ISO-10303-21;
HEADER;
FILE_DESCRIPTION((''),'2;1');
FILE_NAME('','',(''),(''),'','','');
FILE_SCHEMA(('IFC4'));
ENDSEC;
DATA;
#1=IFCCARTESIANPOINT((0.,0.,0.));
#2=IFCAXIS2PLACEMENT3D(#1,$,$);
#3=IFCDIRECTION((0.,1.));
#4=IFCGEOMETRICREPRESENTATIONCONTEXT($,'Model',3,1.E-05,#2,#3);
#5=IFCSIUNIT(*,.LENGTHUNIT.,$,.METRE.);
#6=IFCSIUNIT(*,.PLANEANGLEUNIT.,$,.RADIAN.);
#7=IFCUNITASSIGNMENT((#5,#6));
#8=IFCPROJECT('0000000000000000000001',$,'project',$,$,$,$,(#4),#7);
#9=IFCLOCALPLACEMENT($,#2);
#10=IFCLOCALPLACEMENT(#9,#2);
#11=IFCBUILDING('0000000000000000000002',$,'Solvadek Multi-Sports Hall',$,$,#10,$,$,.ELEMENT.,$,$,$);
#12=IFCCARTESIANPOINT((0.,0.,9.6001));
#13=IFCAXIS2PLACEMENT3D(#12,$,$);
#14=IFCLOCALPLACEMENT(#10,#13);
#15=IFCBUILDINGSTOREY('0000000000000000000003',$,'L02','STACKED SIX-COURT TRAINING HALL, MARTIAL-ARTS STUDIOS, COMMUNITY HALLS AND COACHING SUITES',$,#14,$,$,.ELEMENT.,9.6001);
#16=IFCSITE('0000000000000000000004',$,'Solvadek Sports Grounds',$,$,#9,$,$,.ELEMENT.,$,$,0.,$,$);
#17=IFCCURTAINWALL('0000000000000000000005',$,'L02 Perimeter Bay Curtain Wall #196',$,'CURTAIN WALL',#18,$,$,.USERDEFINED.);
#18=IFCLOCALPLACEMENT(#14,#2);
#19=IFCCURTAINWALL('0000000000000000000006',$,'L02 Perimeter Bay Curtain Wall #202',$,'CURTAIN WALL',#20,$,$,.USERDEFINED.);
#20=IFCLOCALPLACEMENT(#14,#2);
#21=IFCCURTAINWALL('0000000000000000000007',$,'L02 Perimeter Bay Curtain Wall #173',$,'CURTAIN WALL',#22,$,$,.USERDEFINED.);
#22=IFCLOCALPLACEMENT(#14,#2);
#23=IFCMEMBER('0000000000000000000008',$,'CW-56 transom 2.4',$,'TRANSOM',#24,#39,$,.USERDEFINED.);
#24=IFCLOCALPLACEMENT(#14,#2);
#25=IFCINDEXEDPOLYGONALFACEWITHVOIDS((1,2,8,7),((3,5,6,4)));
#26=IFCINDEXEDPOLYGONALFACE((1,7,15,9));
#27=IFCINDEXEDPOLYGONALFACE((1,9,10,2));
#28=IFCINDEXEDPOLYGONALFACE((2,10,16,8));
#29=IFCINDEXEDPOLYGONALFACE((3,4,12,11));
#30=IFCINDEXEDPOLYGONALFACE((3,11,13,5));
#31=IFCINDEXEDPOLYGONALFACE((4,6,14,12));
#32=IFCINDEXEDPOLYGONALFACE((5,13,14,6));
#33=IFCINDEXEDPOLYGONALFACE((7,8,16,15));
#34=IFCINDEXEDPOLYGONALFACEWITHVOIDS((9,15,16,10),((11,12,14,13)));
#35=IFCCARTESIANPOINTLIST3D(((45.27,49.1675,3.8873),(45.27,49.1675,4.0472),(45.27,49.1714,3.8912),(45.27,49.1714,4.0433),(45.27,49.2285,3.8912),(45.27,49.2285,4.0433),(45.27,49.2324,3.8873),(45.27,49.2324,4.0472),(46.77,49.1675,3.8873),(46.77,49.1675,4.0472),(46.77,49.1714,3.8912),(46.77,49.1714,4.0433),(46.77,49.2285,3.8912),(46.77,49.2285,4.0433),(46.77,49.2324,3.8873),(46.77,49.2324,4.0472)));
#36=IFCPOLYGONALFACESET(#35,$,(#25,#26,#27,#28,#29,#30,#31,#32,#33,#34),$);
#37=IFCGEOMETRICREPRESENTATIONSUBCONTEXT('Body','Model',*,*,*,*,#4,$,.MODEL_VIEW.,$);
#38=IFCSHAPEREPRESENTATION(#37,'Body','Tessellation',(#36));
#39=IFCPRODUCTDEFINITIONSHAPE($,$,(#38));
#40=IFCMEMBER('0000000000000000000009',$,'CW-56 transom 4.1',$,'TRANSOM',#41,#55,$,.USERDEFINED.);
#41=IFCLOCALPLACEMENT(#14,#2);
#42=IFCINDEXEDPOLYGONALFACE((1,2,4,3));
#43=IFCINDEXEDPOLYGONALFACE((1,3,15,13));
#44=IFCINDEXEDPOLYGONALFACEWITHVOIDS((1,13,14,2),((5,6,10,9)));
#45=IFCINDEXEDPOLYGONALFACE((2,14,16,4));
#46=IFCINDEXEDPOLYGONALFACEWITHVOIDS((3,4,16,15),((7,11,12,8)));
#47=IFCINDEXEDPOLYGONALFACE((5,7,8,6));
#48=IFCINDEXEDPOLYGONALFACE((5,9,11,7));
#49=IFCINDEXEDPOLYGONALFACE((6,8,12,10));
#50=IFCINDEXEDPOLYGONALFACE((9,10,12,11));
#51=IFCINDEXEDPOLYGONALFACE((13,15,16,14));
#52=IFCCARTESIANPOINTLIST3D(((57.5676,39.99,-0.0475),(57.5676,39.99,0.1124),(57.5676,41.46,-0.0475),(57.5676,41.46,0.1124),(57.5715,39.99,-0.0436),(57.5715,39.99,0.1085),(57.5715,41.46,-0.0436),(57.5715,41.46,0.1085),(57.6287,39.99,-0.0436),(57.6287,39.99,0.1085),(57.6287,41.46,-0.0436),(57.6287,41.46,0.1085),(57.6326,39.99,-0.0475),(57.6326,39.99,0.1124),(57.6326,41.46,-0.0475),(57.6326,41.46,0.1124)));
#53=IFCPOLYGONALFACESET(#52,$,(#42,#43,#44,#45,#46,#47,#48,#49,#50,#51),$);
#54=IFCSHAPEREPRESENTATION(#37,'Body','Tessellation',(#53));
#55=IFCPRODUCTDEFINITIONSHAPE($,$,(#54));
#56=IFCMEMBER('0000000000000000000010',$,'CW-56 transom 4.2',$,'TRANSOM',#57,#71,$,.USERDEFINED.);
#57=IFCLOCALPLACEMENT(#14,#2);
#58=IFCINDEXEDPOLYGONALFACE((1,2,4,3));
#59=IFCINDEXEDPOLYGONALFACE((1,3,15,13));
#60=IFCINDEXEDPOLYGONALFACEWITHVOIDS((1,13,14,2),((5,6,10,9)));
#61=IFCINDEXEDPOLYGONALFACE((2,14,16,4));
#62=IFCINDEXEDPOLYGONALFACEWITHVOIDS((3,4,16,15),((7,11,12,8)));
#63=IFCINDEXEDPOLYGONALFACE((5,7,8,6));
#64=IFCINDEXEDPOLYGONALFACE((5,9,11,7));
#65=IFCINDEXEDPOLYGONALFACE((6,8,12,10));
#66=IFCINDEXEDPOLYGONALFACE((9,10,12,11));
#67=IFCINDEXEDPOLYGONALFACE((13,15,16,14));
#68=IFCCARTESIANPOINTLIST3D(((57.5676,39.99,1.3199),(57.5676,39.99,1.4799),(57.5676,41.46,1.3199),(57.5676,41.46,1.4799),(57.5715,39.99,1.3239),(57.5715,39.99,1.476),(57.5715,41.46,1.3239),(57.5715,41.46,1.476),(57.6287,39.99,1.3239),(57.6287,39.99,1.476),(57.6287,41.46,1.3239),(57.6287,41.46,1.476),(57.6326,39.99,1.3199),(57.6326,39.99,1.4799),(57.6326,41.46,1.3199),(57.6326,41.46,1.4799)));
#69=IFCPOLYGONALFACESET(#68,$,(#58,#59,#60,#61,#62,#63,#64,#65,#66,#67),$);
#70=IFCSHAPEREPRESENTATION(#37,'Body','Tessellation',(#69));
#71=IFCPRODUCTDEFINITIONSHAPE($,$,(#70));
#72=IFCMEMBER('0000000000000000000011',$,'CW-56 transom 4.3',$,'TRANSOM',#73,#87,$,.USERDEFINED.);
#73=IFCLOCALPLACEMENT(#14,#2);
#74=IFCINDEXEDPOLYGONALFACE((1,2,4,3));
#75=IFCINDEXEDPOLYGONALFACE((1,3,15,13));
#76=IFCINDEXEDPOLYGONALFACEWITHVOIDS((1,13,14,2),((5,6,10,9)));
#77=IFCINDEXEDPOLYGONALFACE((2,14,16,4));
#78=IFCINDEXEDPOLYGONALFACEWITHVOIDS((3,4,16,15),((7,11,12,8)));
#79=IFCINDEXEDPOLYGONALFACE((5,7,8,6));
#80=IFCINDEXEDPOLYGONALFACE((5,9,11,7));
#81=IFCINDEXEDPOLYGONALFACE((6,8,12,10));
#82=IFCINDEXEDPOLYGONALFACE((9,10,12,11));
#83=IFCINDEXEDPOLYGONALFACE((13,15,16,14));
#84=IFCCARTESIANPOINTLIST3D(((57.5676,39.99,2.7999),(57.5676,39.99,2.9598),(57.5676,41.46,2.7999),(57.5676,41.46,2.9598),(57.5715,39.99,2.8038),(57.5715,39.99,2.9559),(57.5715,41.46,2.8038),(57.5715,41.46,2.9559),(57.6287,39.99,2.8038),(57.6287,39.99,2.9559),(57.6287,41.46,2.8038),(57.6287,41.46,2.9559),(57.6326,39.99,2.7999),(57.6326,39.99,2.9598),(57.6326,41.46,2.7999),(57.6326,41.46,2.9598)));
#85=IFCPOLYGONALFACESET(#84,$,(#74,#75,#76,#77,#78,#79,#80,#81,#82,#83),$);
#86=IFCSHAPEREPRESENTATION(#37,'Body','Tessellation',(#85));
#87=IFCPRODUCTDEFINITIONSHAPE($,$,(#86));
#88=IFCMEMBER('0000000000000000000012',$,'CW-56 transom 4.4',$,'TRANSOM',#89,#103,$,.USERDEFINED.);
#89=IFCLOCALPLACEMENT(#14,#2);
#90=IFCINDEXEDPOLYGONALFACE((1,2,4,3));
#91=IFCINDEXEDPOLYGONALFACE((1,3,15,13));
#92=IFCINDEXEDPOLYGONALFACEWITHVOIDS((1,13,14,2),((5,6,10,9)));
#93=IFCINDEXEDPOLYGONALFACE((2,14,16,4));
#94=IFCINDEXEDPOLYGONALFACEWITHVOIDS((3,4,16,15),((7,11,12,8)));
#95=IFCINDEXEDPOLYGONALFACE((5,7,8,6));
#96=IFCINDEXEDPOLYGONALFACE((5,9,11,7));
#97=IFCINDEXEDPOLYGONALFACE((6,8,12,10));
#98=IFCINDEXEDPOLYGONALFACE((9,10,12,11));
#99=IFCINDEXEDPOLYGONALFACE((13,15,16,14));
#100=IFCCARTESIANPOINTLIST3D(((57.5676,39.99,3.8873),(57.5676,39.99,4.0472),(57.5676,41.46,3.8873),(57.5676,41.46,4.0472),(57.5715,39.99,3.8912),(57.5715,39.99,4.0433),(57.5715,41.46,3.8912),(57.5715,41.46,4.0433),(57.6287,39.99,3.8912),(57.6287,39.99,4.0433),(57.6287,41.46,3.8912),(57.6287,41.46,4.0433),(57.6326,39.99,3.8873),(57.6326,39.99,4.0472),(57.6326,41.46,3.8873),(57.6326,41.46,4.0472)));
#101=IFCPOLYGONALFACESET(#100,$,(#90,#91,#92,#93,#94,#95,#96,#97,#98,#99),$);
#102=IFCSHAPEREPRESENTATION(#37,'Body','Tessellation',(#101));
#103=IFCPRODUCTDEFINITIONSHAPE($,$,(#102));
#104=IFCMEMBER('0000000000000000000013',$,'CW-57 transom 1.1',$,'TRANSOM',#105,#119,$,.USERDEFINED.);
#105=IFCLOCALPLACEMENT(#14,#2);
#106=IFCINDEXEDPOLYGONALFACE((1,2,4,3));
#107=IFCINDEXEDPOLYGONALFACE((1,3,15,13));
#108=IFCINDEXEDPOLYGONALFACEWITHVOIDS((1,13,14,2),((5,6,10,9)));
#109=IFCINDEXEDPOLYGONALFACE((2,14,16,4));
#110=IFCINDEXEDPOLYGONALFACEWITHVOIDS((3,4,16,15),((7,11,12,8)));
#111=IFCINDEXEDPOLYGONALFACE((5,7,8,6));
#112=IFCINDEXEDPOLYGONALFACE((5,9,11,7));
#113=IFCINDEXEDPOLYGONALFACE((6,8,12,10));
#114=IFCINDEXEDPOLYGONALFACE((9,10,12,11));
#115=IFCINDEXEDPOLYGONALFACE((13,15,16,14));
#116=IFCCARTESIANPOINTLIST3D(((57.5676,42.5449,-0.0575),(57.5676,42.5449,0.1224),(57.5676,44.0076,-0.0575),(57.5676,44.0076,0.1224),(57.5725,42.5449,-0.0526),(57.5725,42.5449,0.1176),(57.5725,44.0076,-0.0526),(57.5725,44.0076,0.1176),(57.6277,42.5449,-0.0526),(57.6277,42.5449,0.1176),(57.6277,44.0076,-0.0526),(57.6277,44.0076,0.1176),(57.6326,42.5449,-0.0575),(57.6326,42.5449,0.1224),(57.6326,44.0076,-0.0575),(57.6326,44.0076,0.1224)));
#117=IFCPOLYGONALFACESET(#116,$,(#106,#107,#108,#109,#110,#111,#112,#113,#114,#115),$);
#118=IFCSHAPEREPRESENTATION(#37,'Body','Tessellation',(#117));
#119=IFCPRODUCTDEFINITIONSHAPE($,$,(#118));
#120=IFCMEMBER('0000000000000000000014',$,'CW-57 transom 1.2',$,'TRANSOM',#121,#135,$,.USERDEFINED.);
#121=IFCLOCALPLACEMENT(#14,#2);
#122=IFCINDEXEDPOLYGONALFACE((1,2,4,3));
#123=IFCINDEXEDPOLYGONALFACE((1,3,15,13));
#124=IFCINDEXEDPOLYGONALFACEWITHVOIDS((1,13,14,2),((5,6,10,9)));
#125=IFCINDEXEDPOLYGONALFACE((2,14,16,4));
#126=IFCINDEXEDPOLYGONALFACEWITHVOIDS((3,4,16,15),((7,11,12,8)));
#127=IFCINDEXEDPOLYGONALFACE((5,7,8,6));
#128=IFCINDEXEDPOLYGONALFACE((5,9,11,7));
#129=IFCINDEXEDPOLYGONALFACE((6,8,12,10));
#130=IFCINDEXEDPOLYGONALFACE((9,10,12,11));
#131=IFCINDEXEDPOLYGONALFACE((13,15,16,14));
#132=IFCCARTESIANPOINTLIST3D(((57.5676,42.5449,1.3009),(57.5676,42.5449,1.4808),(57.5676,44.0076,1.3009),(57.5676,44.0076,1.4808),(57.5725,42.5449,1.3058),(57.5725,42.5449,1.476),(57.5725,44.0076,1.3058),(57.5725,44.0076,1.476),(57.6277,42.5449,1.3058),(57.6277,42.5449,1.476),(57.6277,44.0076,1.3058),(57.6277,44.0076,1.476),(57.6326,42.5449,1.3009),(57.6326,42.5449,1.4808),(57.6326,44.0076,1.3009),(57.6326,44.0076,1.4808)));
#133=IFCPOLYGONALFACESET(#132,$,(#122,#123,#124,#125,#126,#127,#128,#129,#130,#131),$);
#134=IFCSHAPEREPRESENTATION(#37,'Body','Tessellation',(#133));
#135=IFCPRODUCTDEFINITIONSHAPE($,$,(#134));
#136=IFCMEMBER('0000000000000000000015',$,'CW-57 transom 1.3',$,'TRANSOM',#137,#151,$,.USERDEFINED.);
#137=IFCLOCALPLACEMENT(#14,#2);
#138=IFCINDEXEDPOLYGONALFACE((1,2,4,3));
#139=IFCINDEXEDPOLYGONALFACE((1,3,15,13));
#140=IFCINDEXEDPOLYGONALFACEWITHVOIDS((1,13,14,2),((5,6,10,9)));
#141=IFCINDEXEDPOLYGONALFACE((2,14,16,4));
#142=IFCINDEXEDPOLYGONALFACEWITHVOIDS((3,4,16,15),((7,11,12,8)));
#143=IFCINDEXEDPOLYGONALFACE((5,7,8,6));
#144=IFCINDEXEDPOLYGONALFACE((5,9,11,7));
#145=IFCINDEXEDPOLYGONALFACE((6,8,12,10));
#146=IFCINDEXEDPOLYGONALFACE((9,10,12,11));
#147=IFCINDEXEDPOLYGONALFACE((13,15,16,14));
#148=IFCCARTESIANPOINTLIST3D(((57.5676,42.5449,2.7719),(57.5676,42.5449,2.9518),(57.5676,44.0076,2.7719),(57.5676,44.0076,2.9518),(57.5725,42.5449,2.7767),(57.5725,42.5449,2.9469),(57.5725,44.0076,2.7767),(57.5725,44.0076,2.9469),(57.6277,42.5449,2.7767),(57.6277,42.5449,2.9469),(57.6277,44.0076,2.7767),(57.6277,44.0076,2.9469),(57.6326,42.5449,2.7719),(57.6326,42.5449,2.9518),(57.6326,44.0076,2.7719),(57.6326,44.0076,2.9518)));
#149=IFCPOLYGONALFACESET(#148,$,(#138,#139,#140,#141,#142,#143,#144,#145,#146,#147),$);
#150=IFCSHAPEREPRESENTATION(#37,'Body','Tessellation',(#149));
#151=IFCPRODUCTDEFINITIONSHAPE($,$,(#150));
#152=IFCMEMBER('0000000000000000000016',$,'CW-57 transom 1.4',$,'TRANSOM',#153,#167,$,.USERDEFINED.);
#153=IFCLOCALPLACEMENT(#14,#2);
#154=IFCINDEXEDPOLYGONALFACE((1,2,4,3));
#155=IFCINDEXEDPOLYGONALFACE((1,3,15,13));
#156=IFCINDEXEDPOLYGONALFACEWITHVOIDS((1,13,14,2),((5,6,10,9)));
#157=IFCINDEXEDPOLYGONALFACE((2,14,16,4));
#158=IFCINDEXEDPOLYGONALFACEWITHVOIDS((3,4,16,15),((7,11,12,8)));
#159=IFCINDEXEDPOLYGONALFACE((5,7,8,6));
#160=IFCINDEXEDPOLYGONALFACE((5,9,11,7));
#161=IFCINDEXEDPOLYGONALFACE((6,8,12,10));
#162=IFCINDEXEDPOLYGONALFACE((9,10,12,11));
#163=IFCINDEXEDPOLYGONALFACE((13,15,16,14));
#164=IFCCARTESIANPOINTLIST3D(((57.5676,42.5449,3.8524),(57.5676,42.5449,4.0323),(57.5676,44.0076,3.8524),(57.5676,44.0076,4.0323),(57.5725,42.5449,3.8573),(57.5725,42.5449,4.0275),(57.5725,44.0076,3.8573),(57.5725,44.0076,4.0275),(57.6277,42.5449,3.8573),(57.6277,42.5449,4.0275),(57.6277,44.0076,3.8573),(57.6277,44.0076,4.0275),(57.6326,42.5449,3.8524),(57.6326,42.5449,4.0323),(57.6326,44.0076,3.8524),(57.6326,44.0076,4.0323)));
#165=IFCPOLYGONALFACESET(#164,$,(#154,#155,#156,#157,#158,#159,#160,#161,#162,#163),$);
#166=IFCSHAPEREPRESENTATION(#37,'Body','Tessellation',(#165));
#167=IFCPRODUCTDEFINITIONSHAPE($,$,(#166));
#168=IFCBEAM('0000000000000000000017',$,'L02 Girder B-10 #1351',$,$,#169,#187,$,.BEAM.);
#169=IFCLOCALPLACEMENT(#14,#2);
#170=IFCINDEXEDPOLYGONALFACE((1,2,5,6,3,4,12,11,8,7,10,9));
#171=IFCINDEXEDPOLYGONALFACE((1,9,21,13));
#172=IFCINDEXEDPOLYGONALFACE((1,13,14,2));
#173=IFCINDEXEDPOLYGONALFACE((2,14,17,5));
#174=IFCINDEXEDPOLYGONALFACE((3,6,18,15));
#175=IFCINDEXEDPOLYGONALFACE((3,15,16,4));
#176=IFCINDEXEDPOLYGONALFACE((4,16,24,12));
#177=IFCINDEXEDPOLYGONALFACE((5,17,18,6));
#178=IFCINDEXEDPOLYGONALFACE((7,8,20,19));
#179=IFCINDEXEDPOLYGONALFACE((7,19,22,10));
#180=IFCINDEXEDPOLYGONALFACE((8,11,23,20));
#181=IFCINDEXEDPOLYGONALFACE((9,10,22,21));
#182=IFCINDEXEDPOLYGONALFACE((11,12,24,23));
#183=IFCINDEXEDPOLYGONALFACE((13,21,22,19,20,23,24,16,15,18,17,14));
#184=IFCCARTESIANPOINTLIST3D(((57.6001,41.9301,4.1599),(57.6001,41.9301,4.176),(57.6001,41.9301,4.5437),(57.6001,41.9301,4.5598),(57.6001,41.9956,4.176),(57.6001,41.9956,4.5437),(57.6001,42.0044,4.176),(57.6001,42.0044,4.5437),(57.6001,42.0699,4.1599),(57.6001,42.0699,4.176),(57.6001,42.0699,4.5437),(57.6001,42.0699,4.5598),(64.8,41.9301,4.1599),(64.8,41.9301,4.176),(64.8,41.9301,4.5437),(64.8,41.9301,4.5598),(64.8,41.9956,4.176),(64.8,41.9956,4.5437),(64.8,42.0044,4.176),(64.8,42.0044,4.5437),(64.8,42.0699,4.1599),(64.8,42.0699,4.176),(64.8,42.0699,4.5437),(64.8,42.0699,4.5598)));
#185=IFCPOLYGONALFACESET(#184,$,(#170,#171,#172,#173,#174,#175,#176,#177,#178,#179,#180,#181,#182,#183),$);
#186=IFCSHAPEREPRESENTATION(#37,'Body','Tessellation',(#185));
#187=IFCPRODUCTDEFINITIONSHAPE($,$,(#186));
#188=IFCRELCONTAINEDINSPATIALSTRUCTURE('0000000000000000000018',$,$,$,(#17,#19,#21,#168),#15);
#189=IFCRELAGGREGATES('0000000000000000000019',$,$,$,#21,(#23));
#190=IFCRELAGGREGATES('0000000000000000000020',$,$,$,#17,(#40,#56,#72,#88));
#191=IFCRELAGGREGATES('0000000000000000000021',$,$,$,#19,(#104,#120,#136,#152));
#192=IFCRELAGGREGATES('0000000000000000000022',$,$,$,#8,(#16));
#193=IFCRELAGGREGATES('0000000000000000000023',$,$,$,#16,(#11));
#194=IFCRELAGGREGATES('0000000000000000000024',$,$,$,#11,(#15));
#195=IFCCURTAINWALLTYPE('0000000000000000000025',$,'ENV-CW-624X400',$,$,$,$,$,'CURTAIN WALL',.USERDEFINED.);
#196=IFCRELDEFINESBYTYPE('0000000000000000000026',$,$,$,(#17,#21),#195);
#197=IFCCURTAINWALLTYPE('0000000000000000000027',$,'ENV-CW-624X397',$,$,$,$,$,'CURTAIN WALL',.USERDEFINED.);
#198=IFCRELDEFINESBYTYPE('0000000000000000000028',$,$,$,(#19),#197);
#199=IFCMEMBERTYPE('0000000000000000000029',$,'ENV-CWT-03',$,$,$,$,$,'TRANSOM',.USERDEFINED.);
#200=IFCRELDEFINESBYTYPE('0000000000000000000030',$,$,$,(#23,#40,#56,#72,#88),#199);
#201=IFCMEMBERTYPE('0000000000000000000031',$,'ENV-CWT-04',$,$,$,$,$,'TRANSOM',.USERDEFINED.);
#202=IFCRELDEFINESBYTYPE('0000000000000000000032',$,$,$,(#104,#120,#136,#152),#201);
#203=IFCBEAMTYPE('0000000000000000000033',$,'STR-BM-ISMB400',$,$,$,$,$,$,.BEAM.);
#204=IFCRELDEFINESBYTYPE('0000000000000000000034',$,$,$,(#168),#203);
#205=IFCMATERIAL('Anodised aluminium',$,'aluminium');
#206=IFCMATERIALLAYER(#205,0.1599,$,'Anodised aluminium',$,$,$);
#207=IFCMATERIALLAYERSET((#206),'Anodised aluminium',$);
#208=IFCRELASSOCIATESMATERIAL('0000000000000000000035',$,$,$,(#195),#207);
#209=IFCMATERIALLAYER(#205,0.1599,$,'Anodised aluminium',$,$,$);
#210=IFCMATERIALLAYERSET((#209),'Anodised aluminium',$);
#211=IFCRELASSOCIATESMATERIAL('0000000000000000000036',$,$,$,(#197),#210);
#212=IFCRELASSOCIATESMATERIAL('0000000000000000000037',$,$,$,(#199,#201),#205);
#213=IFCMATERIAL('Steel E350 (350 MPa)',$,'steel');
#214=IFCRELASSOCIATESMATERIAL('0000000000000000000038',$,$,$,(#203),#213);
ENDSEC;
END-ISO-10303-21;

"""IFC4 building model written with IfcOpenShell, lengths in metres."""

from ifc_helpers import new_model, si_unit, direction, frame, origin, origin_2d, place, context, subcontext, project, spatial, hollow_rectangle, i_section, extrude, material, layer, layer_set, material_profile, profile_set, type_object, element, aggregate, save


model = new_model("IFC4")

# Units and contexts
model_context = context("Model", 3, precision=1e-05, world=origin(), true_north=direction((0.0, 1.0)))
body_context = subcontext(model_context, "Body", "Model", "MODEL_VIEW")
ifc_project = project(units=[si_unit("LENGTHUNIT", "METRE"), si_unit("PLANEANGLEUNIT", "RADIAN")], contexts=[model_context])

# Site, building, storey
site_placement = place(None, origin())
site = spatial("IfcSite", under=ifc_project, at=site_placement, Name="Solvadek Sports Grounds", CompositionType="ELEMENT", RefElevation=0.0)
building_placement = place(site_placement, origin())
building = spatial("IfcBuilding", under=site, at=building_placement, Name="Solvadek Multi-Sports Hall", CompositionType="ELEMENT")
storey_placement = place(building_placement, frame((0.0, 0.0, 9.6001)))
storey = spatial("IfcBuildingStorey", under=building, at=storey_placement, Name="L02", Description="STACKED SIX-COURT TRAINING HALL, MARTIAL-ARTS STUDIOS, COMMUNITY HALLS AND COACHING SUITES", CompositionType="ELEMENT", Elevation=9.6001)

# Shared definitions
ifc_material_1 = material(Name="Steel E350 (350 MPa)", Category="steel")

# Curtain walls, member
ifc_material_2 = material(Name="Anodised aluminium", Category="aluminium")
ifc_layer_1 = layer(ifc_material_2, 0.1599, Name="Anodised aluminium")
ifc_layer_set_1 = layer_set([ifc_layer_1], Name="Anodised aluminium")
curtain_wall_type_1 = type_object("IfcCurtainWallType", Name="ENV-CW-624X400", ElementType="CURTAIN WALL", PredefinedType="USERDEFINED", material=ifc_layer_set_1)
curtain_wall_1_placement = place(storey_placement, origin())
curtain_wall_1 = element("IfcCurtainWall", 1, at=curtain_wall_1_placement, inside=storey, type_object=curtain_wall_type_1, Name="L02 Perimeter Bay Curtain Wall #196", ObjectType="CURTAIN WALL", PredefinedType="USERDEFINED")
ifc_layer_2 = layer(ifc_material_2, 0.1599, Name="Anodised aluminium")
ifc_layer_set_2 = layer_set([ifc_layer_2], Name="Anodised aluminium")
curtain_wall_type_2 = type_object("IfcCurtainWallType", Name="ENV-CW-624X397", ElementType="CURTAIN WALL", PredefinedType="USERDEFINED", material=ifc_layer_set_2)
curtain_wall_2_placement = place(storey_placement, origin())
curtain_wall_2 = element("IfcCurtainWall", 2, at=curtain_wall_2_placement, inside=storey, type_object=curtain_wall_type_2, Name="L02 Perimeter Bay Curtain Wall #202", ObjectType="CURTAIN WALL", PredefinedType="USERDEFINED")
curtain_wall_3_placement = place(storey_placement, origin())
curtain_wall_3 = element("IfcCurtainWall", 3, at=curtain_wall_3_placement, inside=storey, type_object=curtain_wall_type_1, Name="L02 Perimeter Bay Curtain Wall #173", ObjectType="CURTAIN WALL", PredefinedType="USERDEFINED")
ifc_material_profile_1 = material_profile(ifc_material_2, hollow_rectangle(XDim=0.0649, YDim=0.1599, WallThickness=0.0039, at=origin_2d()), Name="ALU-T 160x65x4")
ifc_profile_set_1 = profile_set([ifc_material_profile_1], Name="Anodised aluminium")
member_type_1 = type_object("IfcMemberType", Name="ENV-CWT-03", ElementType="TRANSOM", PredefinedType="USERDEFINED", material=ifc_profile_set_1)
member_1_placement = place(storey_placement, frame((45.27, 49.2, 3.9673), z_axis=(1.0, 0.0, 0.0), x_axis=(0.0, 1.0, 0.0)))
member_1 = element("IfcMember", 4, at=member_1_placement, type_object=member_type_1, Name="CW-56 transom 2.4", ObjectType="TRANSOM", PredefinedType="USERDEFINED", context=body_context, shape_type="SweptSolid", body=[
    extrude(hollow_rectangle(XDim=0.0649, YDim=0.1599, WallThickness=0.0039, at=origin_2d()), origin(), (0.0, 0.0, 1.0), 1.5),
])

# Members
member_2_placement = place(storey_placement, frame((57.6001, 39.99, 0.0325), z_axis=(0.0, 1.0, 0.0), x_axis=(-1.0, 0.0, 0.0)))
member_2 = element("IfcMember", 5, at=member_2_placement, type_object=member_type_1, Name="CW-56 transom 4.1", ObjectType="TRANSOM", PredefinedType="USERDEFINED", context=body_context, shape_type="SweptSolid", body=[
    extrude(hollow_rectangle(XDim=0.0649, YDim=0.1599, WallThickness=0.0039, at=origin_2d()), origin(), (0.0, 0.0, 1.0), 1.47),
])
member_3_placement = place(storey_placement, frame((57.6001, 39.99, 1.3999), z_axis=(0.0, 1.0, 0.0), x_axis=(-1.0, 0.0, 0.0)))
member_3 = element("IfcMember", 6, at=member_3_placement, type_object=member_type_1, Name="CW-56 transom 4.2", ObjectType="TRANSOM", PredefinedType="USERDEFINED", context=body_context, shape_type="SweptSolid", body=[
    extrude(hollow_rectangle(XDim=0.0649, YDim=0.1599, WallThickness=0.0039, at=origin_2d()), origin(), (0.0, 0.0, 1.0), 1.47),
])
member_4_placement = place(storey_placement, frame((57.6001, 39.99, 2.8799), z_axis=(0.0, 1.0, 0.0), x_axis=(-1.0, 0.0, 0.0)))
member_4 = element("IfcMember", 7, at=member_4_placement, type_object=member_type_1, Name="CW-56 transom 4.3", ObjectType="TRANSOM", PredefinedType="USERDEFINED", context=body_context, shape_type="SweptSolid", body=[
    extrude(hollow_rectangle(XDim=0.0649, YDim=0.1599, WallThickness=0.0039, at=origin_2d()), origin(), (0.0, 0.0, 1.0), 1.47),
])
member_5_placement = place(storey_placement, frame((57.6001, 39.99, 3.9673), z_axis=(0.0, 1.0, 0.0), x_axis=(-1.0, 0.0, 0.0)))
member_5 = element("IfcMember", 8, at=member_5_placement, type_object=member_type_1, Name="CW-56 transom 4.4", ObjectType="TRANSOM", PredefinedType="USERDEFINED", context=body_context, shape_type="SweptSolid", body=[
    extrude(hollow_rectangle(XDim=0.0649, YDim=0.1599, WallThickness=0.0039, at=origin_2d()), origin(), (0.0, 0.0, 1.0), 1.47),
])
ifc_material_profile_2 = material_profile(ifc_material_2, hollow_rectangle(XDim=0.0649, YDim=0.1799, WallThickness=0.0049, at=origin_2d()), Name="ALU-T 180x65x5")
ifc_profile_set_2 = profile_set([ifc_material_profile_2], Name="Anodised aluminium")
member_type_2 = type_object("IfcMemberType", Name="ENV-CWT-04", ElementType="TRANSOM", PredefinedType="USERDEFINED", material=ifc_profile_set_2)
member_6_placement = place(storey_placement, frame((57.6001, 42.5449, 0.0325), z_axis=(0.0, 1.0, 0.0), x_axis=(-1.0, 0.0, 0.0)))
member_6 = element("IfcMember", 9, at=member_6_placement, type_object=member_type_2, Name="CW-57 transom 1.1", ObjectType="TRANSOM", PredefinedType="USERDEFINED", context=body_context, shape_type="SweptSolid", body=[
    extrude(hollow_rectangle(XDim=0.0649, YDim=0.1799, WallThickness=0.0049, at=origin_2d()), origin(), (0.0, 0.0, 1.0), 1.4626),
])
member_7_placement = place(storey_placement, frame((57.6001, 42.5449, 1.3909), z_axis=(0.0, 1.0, 0.0), x_axis=(-1.0, 0.0, 0.0)))
member_7 = element("IfcMember", 10, at=member_7_placement, type_object=member_type_2, Name="CW-57 transom 1.2", ObjectType="TRANSOM", PredefinedType="USERDEFINED", context=body_context, shape_type="SweptSolid", body=[
    extrude(hollow_rectangle(XDim=0.0649, YDim=0.1799, WallThickness=0.0049, at=origin_2d()), origin(), (0.0, 0.0, 1.0), 1.4626),
])
member_8_placement = place(storey_placement, frame((57.6001, 42.5449, 2.8618), z_axis=(0.0, 1.0, 0.0), x_axis=(-1.0, 0.0, 0.0)))
member_8 = element("IfcMember", 11, at=member_8_placement, type_object=member_type_2, Name="CW-57 transom 1.3", ObjectType="TRANSOM", PredefinedType="USERDEFINED", context=body_context, shape_type="SweptSolid", body=[
    extrude(hollow_rectangle(XDim=0.0649, YDim=0.1799, WallThickness=0.0049, at=origin_2d()), origin(), (0.0, 0.0, 1.0), 1.4626),
])
member_9_placement = place(storey_placement, frame((57.6001, 42.5449, 3.9424), z_axis=(0.0, 1.0, 0.0), x_axis=(-1.0, 0.0, 0.0)))
member_9 = element("IfcMember", 12, at=member_9_placement, type_object=member_type_2, Name="CW-57 transom 1.4", ObjectType="TRANSOM", PredefinedType="USERDEFINED", context=body_context, shape_type="SweptSolid", body=[
    extrude(hollow_rectangle(XDim=0.0649, YDim=0.1799, WallThickness=0.0049, at=origin_2d()), origin(), (0.0, 0.0, 1.0), 1.4626),
])

# Beam
ifc_material_profile_3 = material_profile(ifc_material_1, i_section(OverallWidth=0.1399, OverallDepth=0.3999, WebThickness=0.0088, FlangeThickness=0.0161, at=origin_2d()), Name="ISMB 400")
ifc_profile_set_3 = profile_set([ifc_material_profile_3], Name="Steel E350 (350 MPa)")
beam_type_1 = type_object("IfcBeamType", Name="STR-BM-ISMB400", PredefinedType="BEAM", material=ifc_profile_set_3)
beam_1_placement = place(storey_placement, frame((57.6001, 42.0, 4.3599), z_axis=(1.0, 0.0, 0.0), x_axis=(0.0, 1.0, 0.0)))
element("IfcBeam", 13, at=beam_1_placement, inside=storey, type_object=beam_type_1, Name="L02 Girder B-10 #1351", PredefinedType="BEAM", context=body_context, shape_type="SweptSolid", body=[
    extrude(i_section(OverallWidth=0.1399, OverallDepth=0.3999, WebThickness=0.0088, FlangeThickness=0.0161, at=origin_2d()), origin(), (0.0, 0.0, 1.0), 7.2),
])

aggregate(curtain_wall_3, [member_1])
aggregate(curtain_wall_1, [member_2, member_3, member_4, member_5])
aggregate(curtain_wall_2, [member_6, member_7, member_8, member_9])

save(model, "model.ifc")
